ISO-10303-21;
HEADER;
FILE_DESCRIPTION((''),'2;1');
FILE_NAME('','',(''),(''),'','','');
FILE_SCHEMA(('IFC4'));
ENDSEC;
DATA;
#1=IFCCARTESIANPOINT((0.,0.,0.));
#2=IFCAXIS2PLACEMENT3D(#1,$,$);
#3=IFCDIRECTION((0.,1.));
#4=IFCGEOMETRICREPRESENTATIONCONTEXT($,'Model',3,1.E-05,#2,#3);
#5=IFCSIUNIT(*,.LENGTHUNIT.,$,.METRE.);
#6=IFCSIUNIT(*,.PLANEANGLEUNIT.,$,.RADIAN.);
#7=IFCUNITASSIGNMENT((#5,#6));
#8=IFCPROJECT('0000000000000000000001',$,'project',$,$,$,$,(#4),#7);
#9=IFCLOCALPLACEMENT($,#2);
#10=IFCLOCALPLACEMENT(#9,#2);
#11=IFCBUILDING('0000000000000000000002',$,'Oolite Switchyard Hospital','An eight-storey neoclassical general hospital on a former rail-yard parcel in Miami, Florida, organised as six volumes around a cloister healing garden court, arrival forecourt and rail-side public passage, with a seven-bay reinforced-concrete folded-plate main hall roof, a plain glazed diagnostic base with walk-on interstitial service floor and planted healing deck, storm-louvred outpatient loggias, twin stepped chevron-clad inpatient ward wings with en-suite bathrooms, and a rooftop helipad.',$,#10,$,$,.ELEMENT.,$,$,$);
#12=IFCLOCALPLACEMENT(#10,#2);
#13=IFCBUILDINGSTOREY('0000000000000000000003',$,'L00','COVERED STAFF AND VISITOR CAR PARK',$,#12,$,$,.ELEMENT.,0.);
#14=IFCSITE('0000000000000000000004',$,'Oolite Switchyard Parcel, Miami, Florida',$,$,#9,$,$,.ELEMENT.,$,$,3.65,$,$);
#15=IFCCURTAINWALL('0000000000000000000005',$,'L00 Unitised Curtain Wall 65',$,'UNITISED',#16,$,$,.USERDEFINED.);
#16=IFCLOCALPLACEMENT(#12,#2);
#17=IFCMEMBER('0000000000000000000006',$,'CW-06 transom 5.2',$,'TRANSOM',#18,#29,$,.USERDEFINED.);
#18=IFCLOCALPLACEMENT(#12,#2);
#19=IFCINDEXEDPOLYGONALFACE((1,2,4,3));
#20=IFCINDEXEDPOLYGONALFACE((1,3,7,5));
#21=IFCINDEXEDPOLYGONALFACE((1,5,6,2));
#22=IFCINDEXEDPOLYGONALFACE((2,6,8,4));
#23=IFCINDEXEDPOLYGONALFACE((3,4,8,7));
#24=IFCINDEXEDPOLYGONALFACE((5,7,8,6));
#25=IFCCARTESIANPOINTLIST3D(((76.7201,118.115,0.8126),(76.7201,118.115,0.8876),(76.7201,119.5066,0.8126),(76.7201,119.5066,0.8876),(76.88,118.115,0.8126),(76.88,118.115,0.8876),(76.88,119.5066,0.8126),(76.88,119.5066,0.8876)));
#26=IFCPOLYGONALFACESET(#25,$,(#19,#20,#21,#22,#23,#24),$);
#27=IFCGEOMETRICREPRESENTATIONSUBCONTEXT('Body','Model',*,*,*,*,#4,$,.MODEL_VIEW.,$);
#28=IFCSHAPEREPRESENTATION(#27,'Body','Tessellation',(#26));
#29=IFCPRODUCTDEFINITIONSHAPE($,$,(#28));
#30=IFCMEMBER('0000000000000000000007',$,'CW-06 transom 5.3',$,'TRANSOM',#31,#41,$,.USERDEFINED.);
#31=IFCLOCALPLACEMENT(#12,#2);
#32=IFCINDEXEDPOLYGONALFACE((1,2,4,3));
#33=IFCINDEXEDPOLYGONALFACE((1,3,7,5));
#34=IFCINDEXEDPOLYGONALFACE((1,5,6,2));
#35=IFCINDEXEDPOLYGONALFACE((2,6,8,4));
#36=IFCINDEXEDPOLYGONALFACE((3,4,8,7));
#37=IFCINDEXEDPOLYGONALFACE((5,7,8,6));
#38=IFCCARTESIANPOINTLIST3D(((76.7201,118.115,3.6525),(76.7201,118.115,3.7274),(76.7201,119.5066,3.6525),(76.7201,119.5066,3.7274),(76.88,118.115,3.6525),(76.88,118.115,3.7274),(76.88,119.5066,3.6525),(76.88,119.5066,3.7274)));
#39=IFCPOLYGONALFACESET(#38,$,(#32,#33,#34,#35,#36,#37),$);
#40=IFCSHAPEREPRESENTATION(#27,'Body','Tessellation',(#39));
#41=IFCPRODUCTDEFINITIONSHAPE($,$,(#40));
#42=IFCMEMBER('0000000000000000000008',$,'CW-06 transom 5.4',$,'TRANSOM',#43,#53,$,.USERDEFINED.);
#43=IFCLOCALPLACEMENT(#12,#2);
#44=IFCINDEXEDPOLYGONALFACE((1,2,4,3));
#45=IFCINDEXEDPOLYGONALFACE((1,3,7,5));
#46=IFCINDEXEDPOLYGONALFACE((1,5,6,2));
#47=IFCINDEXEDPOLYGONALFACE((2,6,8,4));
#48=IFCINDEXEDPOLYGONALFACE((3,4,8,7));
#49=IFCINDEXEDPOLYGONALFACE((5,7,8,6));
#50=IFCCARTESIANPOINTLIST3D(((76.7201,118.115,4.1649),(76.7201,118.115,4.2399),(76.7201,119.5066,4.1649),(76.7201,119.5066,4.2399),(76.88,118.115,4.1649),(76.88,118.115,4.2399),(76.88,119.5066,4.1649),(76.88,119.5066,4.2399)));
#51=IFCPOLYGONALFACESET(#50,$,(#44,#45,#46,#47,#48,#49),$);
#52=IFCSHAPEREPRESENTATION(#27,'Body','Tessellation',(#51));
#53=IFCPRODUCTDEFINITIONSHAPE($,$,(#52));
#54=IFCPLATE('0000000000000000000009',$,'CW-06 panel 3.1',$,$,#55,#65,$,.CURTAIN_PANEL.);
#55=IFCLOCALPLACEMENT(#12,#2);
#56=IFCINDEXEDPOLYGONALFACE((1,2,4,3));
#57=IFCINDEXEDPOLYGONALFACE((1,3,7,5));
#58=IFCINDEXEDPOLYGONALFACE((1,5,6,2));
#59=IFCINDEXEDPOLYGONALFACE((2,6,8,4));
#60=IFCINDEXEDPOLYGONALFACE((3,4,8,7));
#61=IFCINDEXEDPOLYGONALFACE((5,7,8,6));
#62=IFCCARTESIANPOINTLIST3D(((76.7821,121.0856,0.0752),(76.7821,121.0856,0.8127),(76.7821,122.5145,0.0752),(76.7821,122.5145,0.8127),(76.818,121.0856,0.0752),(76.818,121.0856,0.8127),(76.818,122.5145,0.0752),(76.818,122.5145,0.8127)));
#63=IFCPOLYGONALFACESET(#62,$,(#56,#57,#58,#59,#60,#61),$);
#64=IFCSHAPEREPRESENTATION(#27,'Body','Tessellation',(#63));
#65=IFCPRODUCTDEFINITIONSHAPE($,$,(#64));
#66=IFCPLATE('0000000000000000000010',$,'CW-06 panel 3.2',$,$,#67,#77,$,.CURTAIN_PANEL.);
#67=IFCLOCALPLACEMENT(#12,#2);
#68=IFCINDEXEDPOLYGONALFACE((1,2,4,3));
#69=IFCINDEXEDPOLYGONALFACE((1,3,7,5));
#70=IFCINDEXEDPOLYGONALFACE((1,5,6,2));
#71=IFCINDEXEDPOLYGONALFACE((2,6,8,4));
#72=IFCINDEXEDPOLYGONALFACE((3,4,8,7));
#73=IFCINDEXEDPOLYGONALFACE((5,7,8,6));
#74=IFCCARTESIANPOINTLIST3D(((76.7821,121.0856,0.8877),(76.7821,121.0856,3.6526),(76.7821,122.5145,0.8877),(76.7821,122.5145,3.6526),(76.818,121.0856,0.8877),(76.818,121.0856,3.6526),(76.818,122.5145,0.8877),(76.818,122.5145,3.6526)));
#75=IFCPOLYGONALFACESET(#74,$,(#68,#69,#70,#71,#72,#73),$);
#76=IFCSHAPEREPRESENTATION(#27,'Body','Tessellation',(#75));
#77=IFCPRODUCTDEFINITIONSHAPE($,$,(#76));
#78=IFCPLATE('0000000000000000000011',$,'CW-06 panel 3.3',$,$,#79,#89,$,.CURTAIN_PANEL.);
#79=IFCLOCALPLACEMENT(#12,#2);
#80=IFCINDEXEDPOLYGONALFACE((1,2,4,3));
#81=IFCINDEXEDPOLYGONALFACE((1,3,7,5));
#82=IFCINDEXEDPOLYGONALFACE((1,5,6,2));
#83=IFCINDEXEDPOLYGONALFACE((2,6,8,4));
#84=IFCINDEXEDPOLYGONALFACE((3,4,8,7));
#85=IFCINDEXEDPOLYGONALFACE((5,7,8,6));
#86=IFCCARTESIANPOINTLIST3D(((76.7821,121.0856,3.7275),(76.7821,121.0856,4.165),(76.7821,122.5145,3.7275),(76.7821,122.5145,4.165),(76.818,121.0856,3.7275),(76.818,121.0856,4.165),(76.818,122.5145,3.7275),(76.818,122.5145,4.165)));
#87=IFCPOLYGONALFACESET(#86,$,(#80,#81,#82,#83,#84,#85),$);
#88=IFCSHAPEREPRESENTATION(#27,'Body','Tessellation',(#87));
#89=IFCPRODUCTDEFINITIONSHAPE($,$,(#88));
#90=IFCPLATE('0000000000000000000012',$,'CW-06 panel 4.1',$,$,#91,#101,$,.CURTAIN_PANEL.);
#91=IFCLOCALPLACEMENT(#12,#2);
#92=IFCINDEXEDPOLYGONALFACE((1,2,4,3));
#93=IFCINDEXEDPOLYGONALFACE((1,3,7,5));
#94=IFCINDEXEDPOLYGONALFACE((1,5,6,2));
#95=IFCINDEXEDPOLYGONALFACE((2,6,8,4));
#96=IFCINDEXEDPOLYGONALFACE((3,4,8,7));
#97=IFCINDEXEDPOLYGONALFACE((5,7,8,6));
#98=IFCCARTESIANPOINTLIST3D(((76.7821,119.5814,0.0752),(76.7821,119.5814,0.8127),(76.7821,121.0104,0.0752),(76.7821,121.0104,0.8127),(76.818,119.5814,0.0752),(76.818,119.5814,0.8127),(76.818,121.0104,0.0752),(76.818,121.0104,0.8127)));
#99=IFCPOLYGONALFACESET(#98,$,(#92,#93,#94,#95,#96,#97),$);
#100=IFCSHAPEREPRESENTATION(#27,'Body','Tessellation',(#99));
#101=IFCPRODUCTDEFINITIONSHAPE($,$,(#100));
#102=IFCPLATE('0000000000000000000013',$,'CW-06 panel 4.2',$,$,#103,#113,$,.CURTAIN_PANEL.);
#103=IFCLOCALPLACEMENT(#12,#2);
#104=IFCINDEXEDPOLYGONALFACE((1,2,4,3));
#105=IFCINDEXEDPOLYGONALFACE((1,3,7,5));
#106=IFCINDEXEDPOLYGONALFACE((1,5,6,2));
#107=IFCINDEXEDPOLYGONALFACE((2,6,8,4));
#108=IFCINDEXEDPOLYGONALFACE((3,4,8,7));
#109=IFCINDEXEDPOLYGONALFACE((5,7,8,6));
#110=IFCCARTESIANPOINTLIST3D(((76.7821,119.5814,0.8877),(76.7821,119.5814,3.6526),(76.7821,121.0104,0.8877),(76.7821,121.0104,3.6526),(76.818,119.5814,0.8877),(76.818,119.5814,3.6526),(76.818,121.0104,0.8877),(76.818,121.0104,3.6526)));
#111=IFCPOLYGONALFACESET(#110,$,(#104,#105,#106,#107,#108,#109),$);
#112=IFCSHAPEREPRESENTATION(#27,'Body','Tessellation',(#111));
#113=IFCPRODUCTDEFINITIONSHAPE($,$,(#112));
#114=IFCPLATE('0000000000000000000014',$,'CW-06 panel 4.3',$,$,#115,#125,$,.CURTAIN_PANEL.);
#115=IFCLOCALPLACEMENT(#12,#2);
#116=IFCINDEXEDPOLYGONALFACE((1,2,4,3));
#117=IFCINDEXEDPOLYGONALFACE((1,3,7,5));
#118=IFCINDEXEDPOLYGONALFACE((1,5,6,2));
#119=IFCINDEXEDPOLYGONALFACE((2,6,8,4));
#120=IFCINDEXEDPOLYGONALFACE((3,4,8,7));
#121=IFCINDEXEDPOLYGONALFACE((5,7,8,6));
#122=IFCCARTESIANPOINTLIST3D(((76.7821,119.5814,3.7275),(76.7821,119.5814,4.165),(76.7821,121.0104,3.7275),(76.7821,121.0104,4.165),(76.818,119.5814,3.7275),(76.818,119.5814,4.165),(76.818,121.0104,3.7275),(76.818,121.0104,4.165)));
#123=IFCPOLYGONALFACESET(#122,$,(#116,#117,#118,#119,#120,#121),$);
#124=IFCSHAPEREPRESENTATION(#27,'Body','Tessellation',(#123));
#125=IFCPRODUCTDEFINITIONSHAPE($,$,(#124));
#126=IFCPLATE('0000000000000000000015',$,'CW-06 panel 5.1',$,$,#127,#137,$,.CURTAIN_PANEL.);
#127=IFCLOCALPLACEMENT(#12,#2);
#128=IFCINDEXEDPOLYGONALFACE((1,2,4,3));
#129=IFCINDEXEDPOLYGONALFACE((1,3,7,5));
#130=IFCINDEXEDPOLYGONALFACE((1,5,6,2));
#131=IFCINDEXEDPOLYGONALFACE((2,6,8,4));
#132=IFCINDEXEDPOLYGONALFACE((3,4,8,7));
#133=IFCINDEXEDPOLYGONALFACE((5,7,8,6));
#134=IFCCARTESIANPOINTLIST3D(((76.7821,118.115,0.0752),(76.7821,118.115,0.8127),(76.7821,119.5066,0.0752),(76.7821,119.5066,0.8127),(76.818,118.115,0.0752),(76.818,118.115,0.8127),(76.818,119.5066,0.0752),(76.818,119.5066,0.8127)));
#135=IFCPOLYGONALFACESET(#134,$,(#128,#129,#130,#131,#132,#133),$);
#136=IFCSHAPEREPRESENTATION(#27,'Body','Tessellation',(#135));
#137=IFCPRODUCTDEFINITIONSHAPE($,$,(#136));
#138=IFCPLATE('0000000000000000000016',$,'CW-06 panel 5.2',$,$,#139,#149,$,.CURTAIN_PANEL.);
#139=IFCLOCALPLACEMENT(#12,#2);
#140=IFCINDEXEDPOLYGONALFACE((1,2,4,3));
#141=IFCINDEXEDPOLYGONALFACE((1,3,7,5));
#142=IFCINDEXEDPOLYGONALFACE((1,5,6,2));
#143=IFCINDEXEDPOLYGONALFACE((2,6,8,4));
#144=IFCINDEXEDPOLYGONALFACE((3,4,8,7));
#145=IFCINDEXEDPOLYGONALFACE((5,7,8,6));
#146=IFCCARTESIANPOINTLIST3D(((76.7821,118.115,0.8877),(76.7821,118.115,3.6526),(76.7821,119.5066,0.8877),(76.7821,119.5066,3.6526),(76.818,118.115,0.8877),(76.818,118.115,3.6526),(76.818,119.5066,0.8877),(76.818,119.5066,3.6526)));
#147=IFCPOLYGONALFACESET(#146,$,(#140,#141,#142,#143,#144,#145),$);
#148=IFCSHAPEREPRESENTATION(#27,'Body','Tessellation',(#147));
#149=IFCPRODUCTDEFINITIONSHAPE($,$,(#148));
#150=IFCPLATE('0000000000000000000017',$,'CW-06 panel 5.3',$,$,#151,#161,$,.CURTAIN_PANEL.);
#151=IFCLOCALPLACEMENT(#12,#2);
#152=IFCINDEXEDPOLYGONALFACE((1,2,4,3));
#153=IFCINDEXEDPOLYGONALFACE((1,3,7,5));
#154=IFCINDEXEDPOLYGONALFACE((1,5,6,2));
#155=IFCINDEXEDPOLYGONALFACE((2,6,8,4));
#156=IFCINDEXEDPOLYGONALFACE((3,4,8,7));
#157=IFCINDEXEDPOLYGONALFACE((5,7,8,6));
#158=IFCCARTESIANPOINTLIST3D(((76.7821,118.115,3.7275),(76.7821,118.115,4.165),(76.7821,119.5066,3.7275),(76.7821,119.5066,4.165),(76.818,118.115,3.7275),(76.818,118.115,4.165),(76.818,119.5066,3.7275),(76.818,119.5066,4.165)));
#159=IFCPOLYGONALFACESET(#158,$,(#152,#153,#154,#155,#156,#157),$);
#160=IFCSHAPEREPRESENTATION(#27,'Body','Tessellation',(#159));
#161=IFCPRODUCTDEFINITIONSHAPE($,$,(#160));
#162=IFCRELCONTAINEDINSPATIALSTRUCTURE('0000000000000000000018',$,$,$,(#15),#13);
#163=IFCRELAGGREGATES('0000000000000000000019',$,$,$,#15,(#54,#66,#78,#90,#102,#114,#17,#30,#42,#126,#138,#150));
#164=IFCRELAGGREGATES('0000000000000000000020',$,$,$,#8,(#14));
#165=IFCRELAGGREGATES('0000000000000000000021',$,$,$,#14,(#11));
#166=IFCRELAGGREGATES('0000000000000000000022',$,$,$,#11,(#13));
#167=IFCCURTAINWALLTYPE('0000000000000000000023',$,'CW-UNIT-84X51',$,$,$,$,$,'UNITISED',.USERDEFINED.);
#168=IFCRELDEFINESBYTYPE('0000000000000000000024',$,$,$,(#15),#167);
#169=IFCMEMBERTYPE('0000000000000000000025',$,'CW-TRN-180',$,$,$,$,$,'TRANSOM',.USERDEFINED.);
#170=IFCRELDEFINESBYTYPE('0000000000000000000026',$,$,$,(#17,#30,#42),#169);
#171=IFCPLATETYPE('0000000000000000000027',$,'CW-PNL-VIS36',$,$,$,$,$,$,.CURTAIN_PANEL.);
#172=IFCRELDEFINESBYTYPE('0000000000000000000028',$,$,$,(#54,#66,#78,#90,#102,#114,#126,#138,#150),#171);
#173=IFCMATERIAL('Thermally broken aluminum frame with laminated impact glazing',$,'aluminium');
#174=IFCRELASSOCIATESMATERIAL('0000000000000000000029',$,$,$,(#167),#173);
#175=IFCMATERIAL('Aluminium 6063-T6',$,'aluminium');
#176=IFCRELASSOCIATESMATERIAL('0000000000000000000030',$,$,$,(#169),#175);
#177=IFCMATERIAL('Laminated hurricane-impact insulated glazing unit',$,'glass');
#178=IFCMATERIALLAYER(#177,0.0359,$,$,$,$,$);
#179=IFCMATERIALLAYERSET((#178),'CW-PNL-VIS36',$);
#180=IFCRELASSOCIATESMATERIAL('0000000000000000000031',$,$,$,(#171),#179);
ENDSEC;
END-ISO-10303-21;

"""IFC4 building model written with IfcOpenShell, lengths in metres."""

from ifc_helpers import new_model, si_unit, direction, frame, origin, origin_2d, place, context, subcontext, project, spatial, rectangle, extrude, material, layer, layer_set, material_profile, profile_set, type_object, element, aggregate, save


model = new_model("IFC4")

# Units and contexts
model_context = context("Model", 3, precision=1e-05, world=origin(), true_north=direction((0.0, 1.0)))
body_context = subcontext(model_context, "Body", "Model", "MODEL_VIEW")
ifc_project = project(units=[si_unit("LENGTHUNIT", "METRE"), si_unit("PLANEANGLEUNIT", "RADIAN")], contexts=[model_context])

# Site, building, storey
site_placement = place(None, origin())
site = spatial("IfcSite", under=ifc_project, at=site_placement, Name="Oolite Switchyard Parcel, Miami, Florida", CompositionType="ELEMENT", RefElevation=3.65)
building_placement = place(site_placement, origin())
building = spatial("IfcBuilding", under=site, at=building_placement, Name="Oolite Switchyard Hospital", Description="An eight-storey neoclassical general hospital on a former rail-yard parcel in Miami, Florida, organised as six volumes around a cloister healing garden court, arrival forecourt and rail-side public passage, with a seven-bay reinforced-concrete folded-plate main hall roof, a plain glazed diagnostic base with walk-on interstitial service floor and planted healing deck, storm-louvred outpatient loggias, twin stepped chevron-clad inpatient ward wings with en-suite bathrooms, and a rooftop helipad.", CompositionType="ELEMENT")
storey_placement = place(building_placement, origin())
storey = spatial("IfcBuildingStorey", under=building, at=storey_placement, Name="L00", Description="COVERED STAFF AND VISITOR CAR PARK", CompositionType="ELEMENT", Elevation=0.0)

# Shared definitions
ifc_material_1 = material(Name="Thermally broken aluminum frame with laminated impact glazing", Category="aluminium")
curtain_wall_type = type_object("IfcCurtainWallType", Name="CW-UNIT-84X51", ElementType="UNITISED", PredefinedType="USERDEFINED", material=ifc_material_1)
ifc_material_2 = material(Name="Aluminium 6063-T6", Category="aluminium")

# Curtain wall
curtain_wall_1_placement = place(storey_placement, origin())
curtain_wall_1 = element("IfcCurtainWall", 1, at=curtain_wall_1_placement, inside=storey, type_object=curtain_wall_type, Name="L00 Unitised Curtain Wall 65", ObjectType="UNITISED", PredefinedType="USERDEFINED")

# Members
ifc_material_profile_1 = material_profile(ifc_material_2, rectangle(XDim=0.1599, YDim=0.075, at=origin_2d()), Name="CWT75X160")
ifc_profile_set_1 = profile_set([ifc_material_profile_1], Name="Aluminium 6063-T6")
member_type_1 = type_object("IfcMemberType", Name="CW-TRN-180", ElementType="TRANSOM", PredefinedType="USERDEFINED", material=ifc_profile_set_1)
member_1_placement = place(storey_placement, frame((76.8, 119.5066, 0.8501), z_axis=(0.0, -1.0, 0.0), x_axis=(1.0, 0.0, 0.0)))
member_1 = element("IfcMember", 2, at=member_1_placement, type_object=member_type_1, Name="CW-06 transom 5.2", ObjectType="TRANSOM", PredefinedType="USERDEFINED", context=body_context, shape_type="SweptSolid", body=[
    extrude(rectangle(XDim=0.1599, YDim=0.075, at=origin_2d()), origin(), (0.0, 0.0, 1.0), 1.3916),
])
member_2_placement = place(storey_placement, frame((76.8, 119.5066, 3.6899), z_axis=(0.0, -1.0, 0.0), x_axis=(1.0, 0.0, 0.0)))
member_2 = element("IfcMember", 3, at=member_2_placement, type_object=member_type_1, Name="CW-06 transom 5.3", ObjectType="TRANSOM", PredefinedType="USERDEFINED", context=body_context, shape_type="SweptSolid", body=[
    extrude(rectangle(XDim=0.1599, YDim=0.075, at=origin_2d()), origin(), (0.0, 0.0, 1.0), 1.3916),
])
member_3_placement = place(storey_placement, frame((76.8, 119.5066, 4.2024), z_axis=(0.0, -1.0, 0.0), x_axis=(1.0, 0.0, 0.0)))
member_3 = element("IfcMember", 4, at=member_3_placement, type_object=member_type_1, Name="CW-06 transom 5.4", ObjectType="TRANSOM", PredefinedType="USERDEFINED", context=body_context, shape_type="SweptSolid", body=[
    extrude(rectangle(XDim=0.1599, YDim=0.075, at=origin_2d()), origin(), (0.0, 0.0, 1.0), 1.3916),
])

# Plates
ifc_material_3 = material(Name="Laminated hurricane-impact insulated glazing unit", Category="glass")
ifc_layer = layer(ifc_material_3, 0.0359)
ifc_layer_set = layer_set([ifc_layer], Name="CW-PNL-VIS36")
plate_type = type_object("IfcPlateType", Name="CW-PNL-VIS36", PredefinedType="CURTAIN_PANEL", material=ifc_layer_set)
plate_1_placement = place(storey_placement, frame((76.8, 121.8, 0.0752), z_axis=(0.0, 0.0, 1.0), x_axis=(0.0, -1.0, 0.0)))
plate_1 = element("IfcPlate", 5, at=plate_1_placement, type_object=plate_type, Name="CW-06 panel 3.1", PredefinedType="CURTAIN_PANEL", context=body_context, shape_type="SweptSolid", body=[
    extrude(rectangle(XDim=1.429, YDim=0.0359, at=origin_2d()), origin(), (0.0, 0.0, 1.0), 0.7375),
])
plate_2_placement = place(storey_placement, frame((76.8, 121.8, 0.8877), z_axis=(0.0, 0.0, 1.0), x_axis=(0.0, -1.0, 0.0)))
plate_2 = element("IfcPlate", 6, at=plate_2_placement, type_object=plate_type, Name="CW-06 panel 3.2", PredefinedType="CURTAIN_PANEL", context=body_context, shape_type="SweptSolid", body=[
    extrude(rectangle(XDim=1.429, YDim=0.0359, at=origin_2d()), origin(), (0.0, 0.0, 1.0), 2.7649),
])
plate_3_placement = place(storey_placement, frame((76.8, 121.8, 3.7275), z_axis=(0.0, 0.0, 1.0), x_axis=(0.0, -1.0, 0.0)))
plate_3 = element("IfcPlate", 7, at=plate_3_placement, type_object=plate_type, Name="CW-06 panel 3.3", PredefinedType="CURTAIN_PANEL", context=body_context, shape_type="SweptSolid", body=[
    extrude(rectangle(XDim=1.429, YDim=0.0359, at=origin_2d()), origin(), (0.0, 0.0, 1.0), 0.4375),
])
plate_4_placement = place(storey_placement, frame((76.8, 120.2959, 0.0752), z_axis=(0.0, 0.0, 1.0), x_axis=(0.0, -1.0, 0.0)))
plate_4 = element("IfcPlate", 8, at=plate_4_placement, type_object=plate_type, Name="CW-06 panel 4.1", PredefinedType="CURTAIN_PANEL", context=body_context, shape_type="SweptSolid", body=[
    extrude(rectangle(XDim=1.429, YDim=0.0359, at=origin_2d()), origin(), (0.0, 0.0, 1.0), 0.7375),
])
plate_5_placement = place(storey_placement, frame((76.8, 120.2959, 0.8877), z_axis=(0.0, 0.0, 1.0), x_axis=(0.0, -1.0, 0.0)))
plate_5 = element("IfcPlate", 9, at=plate_5_placement, type_object=plate_type, Name="CW-06 panel 4.2", PredefinedType="CURTAIN_PANEL", context=body_context, shape_type="SweptSolid", body=[
    extrude(rectangle(XDim=1.429, YDim=0.0359, at=origin_2d()), origin(), (0.0, 0.0, 1.0), 2.7649),
])
plate_6_placement = place(storey_placement, frame((76.8, 120.2959, 3.7275), z_axis=(0.0, 0.0, 1.0), x_axis=(0.0, -1.0, 0.0)))
plate_6 = element("IfcPlate", 10, at=plate_6_placement, type_object=plate_type, Name="CW-06 panel 4.3", PredefinedType="CURTAIN_PANEL", context=body_context, shape_type="SweptSolid", body=[
    extrude(rectangle(XDim=1.429, YDim=0.0359, at=origin_2d()), origin(), (0.0, 0.0, 1.0), 0.4375),
])
plate_7_placement = place(storey_placement, frame((76.8, 118.8108, 0.0752), z_axis=(0.0, 0.0, 1.0), x_axis=(0.0, -1.0, 0.0)))
plate_7 = element("IfcPlate", 11, at=plate_7_placement, type_object=plate_type, Name="CW-06 panel 5.1", PredefinedType="CURTAIN_PANEL", context=body_context, shape_type="SweptSolid", body=[
    extrude(rectangle(XDim=1.3916, YDim=0.0359, at=origin_2d()), origin(), (0.0, 0.0, 1.0), 0.7375),
])
plate_8_placement = place(storey_placement, frame((76.8, 118.8108, 0.8877), z_axis=(0.0, 0.0, 1.0), x_axis=(0.0, -1.0, 0.0)))
plate_8 = element("IfcPlate", 12, at=plate_8_placement, type_object=plate_type, Name="CW-06 panel 5.2", PredefinedType="CURTAIN_PANEL", context=body_context, shape_type="SweptSolid", body=[
    extrude(rectangle(XDim=1.3916, YDim=0.0359, at=origin_2d()), origin(), (0.0, 0.0, 1.0), 2.7649),
])
plate_9_placement = place(storey_placement, frame((76.8, 118.8108, 3.7275), z_axis=(0.0, 0.0, 1.0), x_axis=(0.0, -1.0, 0.0)))
plate_9 = element("IfcPlate", 13, at=plate_9_placement, type_object=plate_type, Name="CW-06 panel 5.3", PredefinedType="CURTAIN_PANEL", context=body_context, shape_type="SweptSolid", body=[
    extrude(rectangle(XDim=1.3916, YDim=0.0359, at=origin_2d()), origin(), (0.0, 0.0, 1.0), 0.4375),
])
aggregate(curtain_wall_1, [plate_1, plate_2, plate_3, plate_4, plate_5, plate_6, member_1, member_2, member_3, plate_7, plate_8, plate_9])

save(model, "model.ifc")
